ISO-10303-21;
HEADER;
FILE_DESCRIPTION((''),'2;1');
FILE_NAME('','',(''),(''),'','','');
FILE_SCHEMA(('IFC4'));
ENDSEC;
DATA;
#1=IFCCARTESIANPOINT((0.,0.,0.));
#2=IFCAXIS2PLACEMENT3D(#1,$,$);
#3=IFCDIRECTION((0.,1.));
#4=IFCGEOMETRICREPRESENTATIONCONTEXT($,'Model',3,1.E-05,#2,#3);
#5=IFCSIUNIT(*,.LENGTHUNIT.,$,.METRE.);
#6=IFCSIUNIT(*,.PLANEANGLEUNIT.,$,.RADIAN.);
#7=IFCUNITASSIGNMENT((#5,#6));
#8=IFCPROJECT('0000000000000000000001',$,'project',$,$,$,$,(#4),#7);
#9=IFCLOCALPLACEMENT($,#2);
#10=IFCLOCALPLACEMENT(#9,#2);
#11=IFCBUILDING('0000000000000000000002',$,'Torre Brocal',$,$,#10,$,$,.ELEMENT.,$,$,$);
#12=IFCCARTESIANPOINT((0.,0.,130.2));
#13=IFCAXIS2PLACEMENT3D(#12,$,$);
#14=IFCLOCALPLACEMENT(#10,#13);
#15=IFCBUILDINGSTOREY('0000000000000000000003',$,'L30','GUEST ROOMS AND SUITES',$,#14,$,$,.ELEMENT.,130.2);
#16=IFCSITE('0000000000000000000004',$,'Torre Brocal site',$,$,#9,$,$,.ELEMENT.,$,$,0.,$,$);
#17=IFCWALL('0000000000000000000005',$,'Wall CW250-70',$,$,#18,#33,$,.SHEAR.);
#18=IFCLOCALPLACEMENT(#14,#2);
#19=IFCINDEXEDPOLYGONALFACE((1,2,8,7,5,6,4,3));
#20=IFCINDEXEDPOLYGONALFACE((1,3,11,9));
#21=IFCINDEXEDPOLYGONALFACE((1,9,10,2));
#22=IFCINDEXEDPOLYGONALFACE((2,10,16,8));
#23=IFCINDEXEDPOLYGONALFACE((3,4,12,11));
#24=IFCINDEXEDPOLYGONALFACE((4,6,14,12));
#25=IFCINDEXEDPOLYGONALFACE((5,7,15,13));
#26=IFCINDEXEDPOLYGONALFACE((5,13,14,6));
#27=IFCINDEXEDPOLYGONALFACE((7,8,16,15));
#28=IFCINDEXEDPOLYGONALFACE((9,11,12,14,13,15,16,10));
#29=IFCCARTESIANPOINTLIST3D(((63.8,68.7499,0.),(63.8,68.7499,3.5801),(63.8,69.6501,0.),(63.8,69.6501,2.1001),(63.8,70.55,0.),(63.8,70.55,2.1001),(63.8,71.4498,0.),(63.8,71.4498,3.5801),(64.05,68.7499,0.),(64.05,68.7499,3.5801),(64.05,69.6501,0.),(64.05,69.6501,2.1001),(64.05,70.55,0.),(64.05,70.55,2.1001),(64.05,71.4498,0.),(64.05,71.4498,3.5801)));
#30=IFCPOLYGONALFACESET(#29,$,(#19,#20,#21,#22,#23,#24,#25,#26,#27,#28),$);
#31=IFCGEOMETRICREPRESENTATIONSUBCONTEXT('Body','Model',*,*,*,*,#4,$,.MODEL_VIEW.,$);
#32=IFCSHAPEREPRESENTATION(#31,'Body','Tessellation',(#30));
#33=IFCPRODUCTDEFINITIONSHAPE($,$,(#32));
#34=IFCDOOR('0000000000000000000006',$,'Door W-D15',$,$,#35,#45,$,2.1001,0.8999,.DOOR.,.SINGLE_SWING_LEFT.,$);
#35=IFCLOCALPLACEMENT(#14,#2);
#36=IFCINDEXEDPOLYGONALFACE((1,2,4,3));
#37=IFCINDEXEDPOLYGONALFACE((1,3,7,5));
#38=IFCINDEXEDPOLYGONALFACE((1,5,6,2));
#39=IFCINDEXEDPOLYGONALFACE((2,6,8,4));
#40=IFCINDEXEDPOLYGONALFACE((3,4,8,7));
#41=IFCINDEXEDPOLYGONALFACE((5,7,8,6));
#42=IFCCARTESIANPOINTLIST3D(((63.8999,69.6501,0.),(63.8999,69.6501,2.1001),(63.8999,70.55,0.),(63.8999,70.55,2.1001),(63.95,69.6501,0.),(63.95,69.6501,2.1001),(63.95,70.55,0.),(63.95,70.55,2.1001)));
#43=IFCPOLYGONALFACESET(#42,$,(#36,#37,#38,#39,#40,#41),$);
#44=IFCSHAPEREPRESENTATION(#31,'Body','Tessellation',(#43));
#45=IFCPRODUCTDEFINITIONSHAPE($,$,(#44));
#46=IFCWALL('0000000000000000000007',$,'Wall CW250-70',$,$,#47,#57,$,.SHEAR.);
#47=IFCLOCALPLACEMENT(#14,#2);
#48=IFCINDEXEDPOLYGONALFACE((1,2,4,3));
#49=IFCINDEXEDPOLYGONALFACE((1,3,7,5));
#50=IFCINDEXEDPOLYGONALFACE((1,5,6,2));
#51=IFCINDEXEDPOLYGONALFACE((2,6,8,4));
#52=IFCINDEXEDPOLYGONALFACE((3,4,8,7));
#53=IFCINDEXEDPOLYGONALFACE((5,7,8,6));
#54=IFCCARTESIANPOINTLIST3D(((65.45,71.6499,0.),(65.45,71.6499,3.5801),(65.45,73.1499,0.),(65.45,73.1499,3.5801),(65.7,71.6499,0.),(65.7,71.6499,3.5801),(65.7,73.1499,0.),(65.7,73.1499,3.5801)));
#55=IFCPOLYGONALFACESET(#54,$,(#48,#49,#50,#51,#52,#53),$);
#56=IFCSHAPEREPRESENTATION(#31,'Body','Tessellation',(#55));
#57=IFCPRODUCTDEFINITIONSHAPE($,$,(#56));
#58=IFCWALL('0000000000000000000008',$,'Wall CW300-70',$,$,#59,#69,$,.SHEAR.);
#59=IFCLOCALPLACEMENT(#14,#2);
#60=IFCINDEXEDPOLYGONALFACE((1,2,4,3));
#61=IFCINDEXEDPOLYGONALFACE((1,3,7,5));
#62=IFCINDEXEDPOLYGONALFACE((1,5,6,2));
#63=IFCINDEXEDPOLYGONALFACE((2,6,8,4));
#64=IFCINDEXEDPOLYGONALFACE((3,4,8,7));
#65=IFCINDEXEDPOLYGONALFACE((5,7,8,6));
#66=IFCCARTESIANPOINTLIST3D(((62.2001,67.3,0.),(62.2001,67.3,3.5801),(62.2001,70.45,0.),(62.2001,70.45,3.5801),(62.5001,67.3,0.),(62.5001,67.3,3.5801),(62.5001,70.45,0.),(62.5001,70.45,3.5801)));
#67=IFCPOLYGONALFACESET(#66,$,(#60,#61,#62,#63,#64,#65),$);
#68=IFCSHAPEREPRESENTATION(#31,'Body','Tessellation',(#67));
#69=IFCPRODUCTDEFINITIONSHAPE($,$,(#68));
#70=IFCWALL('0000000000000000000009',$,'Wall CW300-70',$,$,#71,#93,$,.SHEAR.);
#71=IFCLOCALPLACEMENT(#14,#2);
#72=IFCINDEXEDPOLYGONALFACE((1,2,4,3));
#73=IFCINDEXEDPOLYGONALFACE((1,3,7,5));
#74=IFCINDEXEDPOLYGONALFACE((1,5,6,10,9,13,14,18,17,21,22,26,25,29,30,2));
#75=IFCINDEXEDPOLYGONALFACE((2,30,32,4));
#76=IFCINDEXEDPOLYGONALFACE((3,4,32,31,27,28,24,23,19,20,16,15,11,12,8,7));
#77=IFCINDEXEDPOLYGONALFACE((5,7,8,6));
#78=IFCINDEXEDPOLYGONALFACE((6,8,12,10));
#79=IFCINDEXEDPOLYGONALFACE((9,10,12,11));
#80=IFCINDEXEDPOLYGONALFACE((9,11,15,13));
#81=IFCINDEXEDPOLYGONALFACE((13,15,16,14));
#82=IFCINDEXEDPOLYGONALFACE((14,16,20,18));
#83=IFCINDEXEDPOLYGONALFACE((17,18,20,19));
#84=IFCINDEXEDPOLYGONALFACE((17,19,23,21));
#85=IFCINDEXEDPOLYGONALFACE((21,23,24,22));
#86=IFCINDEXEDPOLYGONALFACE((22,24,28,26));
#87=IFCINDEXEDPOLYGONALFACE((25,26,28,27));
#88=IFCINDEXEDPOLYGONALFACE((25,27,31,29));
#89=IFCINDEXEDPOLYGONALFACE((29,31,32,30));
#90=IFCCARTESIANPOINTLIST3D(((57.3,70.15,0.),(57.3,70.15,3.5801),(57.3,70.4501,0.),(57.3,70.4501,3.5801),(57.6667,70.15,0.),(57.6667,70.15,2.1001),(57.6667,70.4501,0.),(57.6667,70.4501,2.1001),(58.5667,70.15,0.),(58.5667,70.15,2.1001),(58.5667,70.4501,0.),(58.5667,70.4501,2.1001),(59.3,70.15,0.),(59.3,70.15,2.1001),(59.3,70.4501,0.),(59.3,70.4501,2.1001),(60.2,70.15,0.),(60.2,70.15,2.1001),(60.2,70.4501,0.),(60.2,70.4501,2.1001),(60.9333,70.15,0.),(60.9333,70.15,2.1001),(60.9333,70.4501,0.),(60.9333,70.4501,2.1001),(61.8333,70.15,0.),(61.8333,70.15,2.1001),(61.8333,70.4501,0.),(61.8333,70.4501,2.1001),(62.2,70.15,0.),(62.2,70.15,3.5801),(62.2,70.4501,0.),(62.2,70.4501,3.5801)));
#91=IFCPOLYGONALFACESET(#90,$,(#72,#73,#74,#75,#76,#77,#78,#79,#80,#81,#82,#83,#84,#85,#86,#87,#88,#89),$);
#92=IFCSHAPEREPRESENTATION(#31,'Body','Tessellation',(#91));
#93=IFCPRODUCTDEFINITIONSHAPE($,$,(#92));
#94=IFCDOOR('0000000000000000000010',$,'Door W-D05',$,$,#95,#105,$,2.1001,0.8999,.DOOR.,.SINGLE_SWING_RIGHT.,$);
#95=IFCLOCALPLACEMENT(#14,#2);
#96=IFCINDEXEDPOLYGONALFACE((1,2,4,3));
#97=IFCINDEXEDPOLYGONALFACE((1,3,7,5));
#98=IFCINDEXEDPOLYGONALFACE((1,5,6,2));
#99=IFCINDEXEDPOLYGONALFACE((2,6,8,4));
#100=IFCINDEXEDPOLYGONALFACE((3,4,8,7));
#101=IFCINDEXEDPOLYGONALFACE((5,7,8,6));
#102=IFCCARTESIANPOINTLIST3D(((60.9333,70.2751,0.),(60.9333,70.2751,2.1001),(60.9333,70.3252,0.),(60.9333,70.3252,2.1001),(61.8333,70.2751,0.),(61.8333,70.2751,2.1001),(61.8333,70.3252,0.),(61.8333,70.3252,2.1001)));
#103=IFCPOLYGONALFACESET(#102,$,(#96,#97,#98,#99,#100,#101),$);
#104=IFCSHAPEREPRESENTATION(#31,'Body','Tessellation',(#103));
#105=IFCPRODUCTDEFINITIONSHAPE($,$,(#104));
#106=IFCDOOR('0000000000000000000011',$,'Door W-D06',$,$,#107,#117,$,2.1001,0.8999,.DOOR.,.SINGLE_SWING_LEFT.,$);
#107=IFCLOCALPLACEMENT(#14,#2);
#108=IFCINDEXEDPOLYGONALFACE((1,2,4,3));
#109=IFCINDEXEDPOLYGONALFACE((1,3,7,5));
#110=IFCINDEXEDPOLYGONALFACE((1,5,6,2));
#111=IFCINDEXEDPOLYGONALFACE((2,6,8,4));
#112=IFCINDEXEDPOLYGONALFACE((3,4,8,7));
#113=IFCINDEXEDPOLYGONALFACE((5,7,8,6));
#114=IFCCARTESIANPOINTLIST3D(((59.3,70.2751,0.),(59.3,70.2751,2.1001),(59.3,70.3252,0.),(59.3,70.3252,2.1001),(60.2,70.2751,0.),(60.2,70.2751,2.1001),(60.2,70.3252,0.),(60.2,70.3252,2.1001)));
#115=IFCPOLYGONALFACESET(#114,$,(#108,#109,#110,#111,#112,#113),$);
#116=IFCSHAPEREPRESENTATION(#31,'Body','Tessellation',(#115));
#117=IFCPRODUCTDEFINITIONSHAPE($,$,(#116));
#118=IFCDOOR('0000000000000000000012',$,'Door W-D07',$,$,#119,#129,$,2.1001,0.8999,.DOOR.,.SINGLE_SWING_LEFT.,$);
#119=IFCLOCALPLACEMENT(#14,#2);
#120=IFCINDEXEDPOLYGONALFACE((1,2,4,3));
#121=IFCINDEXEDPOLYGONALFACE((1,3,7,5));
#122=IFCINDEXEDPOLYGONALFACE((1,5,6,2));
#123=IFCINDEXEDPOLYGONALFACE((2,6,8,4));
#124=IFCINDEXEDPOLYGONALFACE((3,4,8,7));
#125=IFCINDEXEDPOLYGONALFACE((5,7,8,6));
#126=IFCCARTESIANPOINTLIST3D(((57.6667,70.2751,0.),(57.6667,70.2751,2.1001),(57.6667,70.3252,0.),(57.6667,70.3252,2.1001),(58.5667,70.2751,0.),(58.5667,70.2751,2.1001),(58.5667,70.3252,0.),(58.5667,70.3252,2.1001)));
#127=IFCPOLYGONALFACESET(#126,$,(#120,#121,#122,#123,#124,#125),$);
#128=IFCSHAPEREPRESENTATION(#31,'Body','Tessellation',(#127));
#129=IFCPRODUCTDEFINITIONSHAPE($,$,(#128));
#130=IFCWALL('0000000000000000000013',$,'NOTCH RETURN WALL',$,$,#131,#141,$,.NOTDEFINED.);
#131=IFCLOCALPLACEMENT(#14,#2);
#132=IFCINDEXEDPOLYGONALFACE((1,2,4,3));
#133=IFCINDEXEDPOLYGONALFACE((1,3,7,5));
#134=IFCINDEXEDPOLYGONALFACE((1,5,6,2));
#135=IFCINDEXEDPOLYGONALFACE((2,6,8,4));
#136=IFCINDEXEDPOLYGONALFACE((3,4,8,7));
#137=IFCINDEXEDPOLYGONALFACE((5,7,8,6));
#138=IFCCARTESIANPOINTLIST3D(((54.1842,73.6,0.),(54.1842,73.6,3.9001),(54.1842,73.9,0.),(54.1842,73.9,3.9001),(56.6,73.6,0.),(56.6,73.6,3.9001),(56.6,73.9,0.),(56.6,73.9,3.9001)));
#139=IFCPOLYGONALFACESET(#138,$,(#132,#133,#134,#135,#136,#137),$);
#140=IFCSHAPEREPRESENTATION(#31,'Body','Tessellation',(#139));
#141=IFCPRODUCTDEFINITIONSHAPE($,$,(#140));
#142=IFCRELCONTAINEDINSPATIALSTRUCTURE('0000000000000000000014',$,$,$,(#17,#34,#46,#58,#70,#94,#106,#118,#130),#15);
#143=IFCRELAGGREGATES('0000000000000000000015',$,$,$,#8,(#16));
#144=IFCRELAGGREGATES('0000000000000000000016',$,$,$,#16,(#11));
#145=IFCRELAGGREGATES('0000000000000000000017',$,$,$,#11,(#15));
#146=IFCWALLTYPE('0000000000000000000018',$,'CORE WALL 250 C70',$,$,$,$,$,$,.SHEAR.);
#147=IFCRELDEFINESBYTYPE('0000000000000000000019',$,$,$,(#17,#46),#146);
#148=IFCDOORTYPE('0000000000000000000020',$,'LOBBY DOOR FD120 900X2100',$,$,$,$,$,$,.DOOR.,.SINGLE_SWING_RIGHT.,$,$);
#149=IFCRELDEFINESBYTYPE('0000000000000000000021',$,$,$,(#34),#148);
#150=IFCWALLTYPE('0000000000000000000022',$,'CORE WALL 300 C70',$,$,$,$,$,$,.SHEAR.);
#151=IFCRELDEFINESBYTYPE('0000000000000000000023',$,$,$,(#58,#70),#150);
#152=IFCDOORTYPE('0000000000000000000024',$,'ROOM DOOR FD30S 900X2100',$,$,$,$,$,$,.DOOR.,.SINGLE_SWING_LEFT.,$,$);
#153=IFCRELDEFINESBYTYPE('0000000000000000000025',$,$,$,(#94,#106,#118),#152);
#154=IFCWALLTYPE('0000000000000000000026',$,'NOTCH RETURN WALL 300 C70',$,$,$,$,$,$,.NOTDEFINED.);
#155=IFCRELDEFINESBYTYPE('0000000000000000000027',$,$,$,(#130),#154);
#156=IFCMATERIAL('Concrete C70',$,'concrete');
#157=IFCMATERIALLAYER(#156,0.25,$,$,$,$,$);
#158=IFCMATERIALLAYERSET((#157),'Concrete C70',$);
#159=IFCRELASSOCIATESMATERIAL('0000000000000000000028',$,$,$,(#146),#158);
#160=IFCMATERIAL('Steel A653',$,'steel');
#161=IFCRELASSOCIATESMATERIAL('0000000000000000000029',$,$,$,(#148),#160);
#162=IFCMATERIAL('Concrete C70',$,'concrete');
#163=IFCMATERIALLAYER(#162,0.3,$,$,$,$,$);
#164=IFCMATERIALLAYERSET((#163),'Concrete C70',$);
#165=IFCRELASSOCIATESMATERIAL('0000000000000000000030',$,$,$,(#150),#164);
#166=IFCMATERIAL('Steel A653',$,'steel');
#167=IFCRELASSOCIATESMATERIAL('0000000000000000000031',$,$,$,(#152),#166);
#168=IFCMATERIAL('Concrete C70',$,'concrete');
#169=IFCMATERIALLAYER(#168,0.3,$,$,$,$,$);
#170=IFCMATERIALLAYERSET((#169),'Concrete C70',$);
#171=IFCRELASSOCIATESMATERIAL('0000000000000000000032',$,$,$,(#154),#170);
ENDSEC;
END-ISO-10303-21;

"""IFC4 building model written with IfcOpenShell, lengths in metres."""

from ifc_helpers import new_model, si_unit, direction, frame, frame_2d, origin, place, context, subcontext, project, spatial, rectangle, extrude, material, layer, layer_set, type_object, element, fill, save


model = new_model("IFC4")

# Units and contexts
model_context = context("Model", 3, precision=1e-05, world=origin(), true_north=direction((0.0, 1.0)))
body_context = subcontext(model_context, "Body", "Model", "MODEL_VIEW")
ifc_project = project(units=[si_unit("LENGTHUNIT", "METRE"), si_unit("PLANEANGLEUNIT", "RADIAN")], contexts=[model_context])

# Site, building, storey
site_placement = place(None, origin())
site = spatial("IfcSite", under=ifc_project, at=site_placement, Name="Torre Brocal site", CompositionType="ELEMENT", RefElevation=0.0)
building_placement = place(site_placement, origin())
building = spatial("IfcBuilding", under=site, at=building_placement, Name="Torre Brocal", CompositionType="ELEMENT")
storey_placement = place(building_placement, frame((0.0, 0.0, 130.2)))
storey = spatial("IfcBuildingStorey", under=building, at=storey_placement, Name="L30", Description="GUEST ROOMS AND SUITES", CompositionType="ELEMENT", Elevation=130.2)

# Wall, opening, door
ifc_material_1 = material(Name="Concrete C70", Category="concrete")
ifc_layer_1 = layer(ifc_material_1, 0.25)
ifc_layer_set_1 = layer_set([ifc_layer_1], Name="Concrete C70")
wall_type_1 = type_object("IfcWallType", Name="CORE WALL 250 C70", PredefinedType="SHEAR", material=ifc_layer_set_1)
wall_1_placement = place(storey_placement, frame((63.925, 71.45, 0.0), z_axis=(0.0, 0.0, 1.0), x_axis=(0.0, -1.0, 0.0)))
wall_1 = element("IfcWall", 1, at=wall_1_placement, inside=storey, type_object=wall_type_1, Name="Wall CW250-70", PredefinedType="SHEAR", context=body_context, shape_type="SweptSolid", body=[
    extrude(rectangle(XDim=2.7, YDim=0.25, at=frame_2d((1.3501, 0.0))), origin(), (0.0, 0.0, 1.0), 3.5801),
])
opening_1_placement = place(wall_1_placement, frame((0.8999, 0.0, 0.0)))
opening_1 = element("IfcOpeningElement", 2, at=opening_1_placement, cuts=wall_1, PredefinedType="OPENING", context=body_context, shape_type="SweptSolid", body=[
    extrude(rectangle(XDim=0.8999, YDim=2.1001, at=frame_2d((0.45, 1.05))), frame((0.0, 0.135, 0.0), z_axis=(0.0, -1.0, 0.0), x_axis=(1.0, 0.0, 0.0)), (0.0, 0.0, 1.0), 0.27),
])
ifc_material_2 = material(Name="Steel A653", Category="steel")
door_type_1 = type_object("IfcDoorType", Name="LOBBY DOOR FD120 900X2100", OperationType="SINGLE_SWING_RIGHT", PredefinedType="DOOR", material=ifc_material_2)
door_1_placement = place(opening_1_placement, origin())
door_1 = element("IfcDoor", 3, at=door_1_placement, inside=storey, type_object=door_type_1, Name="Door W-D15", OperationType="SINGLE_SWING_LEFT", OverallHeight=2.1001, OverallWidth=0.8999, PredefinedType="DOOR", context=body_context, shape_type="SweptSolid", body=[
    extrude(rectangle(XDim=0.8999, YDim=2.1001, at=frame_2d((0.45, 1.05))), frame((0.0, 0.0249, 0.0), z_axis=(0.0, -1.0, 0.0), x_axis=(1.0, 0.0, 0.0)), (0.0, 0.0, 1.0), 0.05),
])
fill(opening_1, door_1)

# Walls
wall_2_placement = place(storey_placement, frame((65.575, 73.1499, 0.0), z_axis=(0.0, 0.0, 1.0), x_axis=(0.0, -1.0, 0.0)))
element("IfcWall", 4, at=wall_2_placement, inside=storey, type_object=wall_type_1, Name="Wall CW250-70", PredefinedType="SHEAR", context=body_context, shape_type="SweptSolid", body=[
    extrude(rectangle(XDim=1.5, YDim=0.25, at=frame_2d((0.75, 0.0))), origin(), (0.0, 0.0, 1.0), 3.5801),
])
ifc_material_3 = material(Name="Concrete C70", Category="concrete")
ifc_layer_2 = layer(ifc_material_3, 0.3)
ifc_layer_set_2 = layer_set([ifc_layer_2], Name="Concrete C70")
wall_type_2 = type_object("IfcWallType", Name="CORE WALL 300 C70", PredefinedType="SHEAR", material=ifc_layer_set_2)
wall_3_placement = place(storey_placement, frame((62.3501, 70.45, 0.0), z_axis=(0.0, 0.0, 1.0), x_axis=(0.0, -1.0, 0.0)))
element("IfcWall", 5, at=wall_3_placement, inside=storey, type_object=wall_type_2, Name="Wall CW300-70", PredefinedType="SHEAR", context=body_context, shape_type="SweptSolid", body=[
    extrude(rectangle(XDim=3.1499, YDim=0.3, at=frame_2d((1.575, 0.0))), origin(), (0.0, 0.0, 1.0), 3.5801),
])

# Wall, openings, doors
wall_4_placement = place(storey_placement, frame((62.2, 70.3, 0.0), z_axis=(0.0, 0.0, 1.0), x_axis=(-1.0, 0.0, 0.0)))
wall_4 = element("IfcWall", 6, at=wall_4_placement, inside=storey, type_object=wall_type_2, Name="Wall CW300-70", PredefinedType="SHEAR", context=body_context, shape_type="SweptSolid", body=[
    extrude(rectangle(XDim=4.8999, YDim=0.3, at=frame_2d((2.45, 0.0))), origin(), (0.0, 0.0, 1.0), 3.5801),
])
opening_2_placement = place(wall_4_placement, frame((0.3667, 0.0, 0.0)))
opening_2 = element("IfcOpeningElement", 7, at=opening_2_placement, cuts=wall_4, PredefinedType="OPENING", context=body_context, shape_type="SweptSolid", body=[
    extrude(rectangle(XDim=0.8999, YDim=2.1001, at=frame_2d((0.45, 1.05))), frame((0.0, 0.1599, 0.0), z_axis=(0.0, -1.0, 0.0), x_axis=(1.0, 0.0, 0.0)), (0.0, 0.0, 1.0), 0.3201),
])
opening_3_placement = place(wall_4_placement, frame((2.0, 0.0, 0.0)))
opening_3 = element("IfcOpeningElement", 8, at=opening_3_placement, cuts=wall_4, PredefinedType="OPENING", context=body_context, shape_type="SweptSolid", body=[
    extrude(rectangle(XDim=0.8999, YDim=2.1001, at=frame_2d((0.45, 1.05))), frame((0.0, 0.1599, 0.0), z_axis=(0.0, -1.0, 0.0), x_axis=(1.0, 0.0, 0.0)), (0.0, 0.0, 1.0), 0.3201),
])
opening_4_placement = place(wall_4_placement, frame((3.6333, 0.0, 0.0)))
opening_4 = element("IfcOpeningElement", 9, at=opening_4_placement, cuts=wall_4, PredefinedType="OPENING", context=body_context, shape_type="SweptSolid", body=[
    extrude(rectangle(XDim=0.8999, YDim=2.1001, at=frame_2d((0.45, 1.05))), frame((0.0, 0.1599, 0.0), z_axis=(0.0, -1.0, 0.0), x_axis=(1.0, 0.0, 0.0)), (0.0, 0.0, 1.0), 0.3201),
])
ifc_material_4 = material(Name="Steel A653", Category="steel")
door_type_2 = type_object("IfcDoorType", Name="ROOM DOOR FD30S 900X2100", OperationType="SINGLE_SWING_LEFT", PredefinedType="DOOR", material=ifc_material_4)
door_2_placement = place(opening_2_placement, origin())
door_2 = element("IfcDoor", 10, at=door_2_placement, inside=storey, type_object=door_type_2, Name="Door W-D05", OperationType="SINGLE_SWING_RIGHT", OverallHeight=2.1001, OverallWidth=0.8999, PredefinedType="DOOR", context=body_context, shape_type="SweptSolid", body=[
    extrude(rectangle(XDim=0.8999, YDim=2.1001, at=frame_2d((0.45, 1.05))), frame((0.0, 0.0249, 0.0), z_axis=(0.0, -1.0, 0.0), x_axis=(1.0, 0.0, 0.0)), (0.0, 0.0, 1.0), 0.05),
])
fill(opening_2, door_2)
door_3_placement = place(opening_3_placement, origin())
door_3 = element("IfcDoor", 11, at=door_3_placement, inside=storey, type_object=door_type_2, Name="Door W-D06", OperationType="SINGLE_SWING_LEFT", OverallHeight=2.1001, OverallWidth=0.8999, PredefinedType="DOOR", context=body_context, shape_type="SweptSolid", body=[
    extrude(rectangle(XDim=0.8999, YDim=2.1001, at=frame_2d((0.45, 1.05))), frame((0.0, 0.0249, 0.0), z_axis=(0.0, -1.0, 0.0), x_axis=(1.0, 0.0, 0.0)), (0.0, 0.0, 1.0), 0.05),
])
fill(opening_3, door_3)
door_4_placement = place(opening_4_placement, origin())
door_4 = element("IfcDoor", 12, at=door_4_placement, inside=storey, type_object=door_type_2, Name="Door W-D07", OperationType="SINGLE_SWING_LEFT", OverallHeight=2.1001, OverallWidth=0.8999, PredefinedType="DOOR", context=body_context, shape_type="SweptSolid", body=[
    extrude(rectangle(XDim=0.8999, YDim=2.1001, at=frame_2d((0.45, 1.05))), frame((0.0, 0.0249, 0.0), z_axis=(0.0, -1.0, 0.0), x_axis=(1.0, 0.0, 0.0)), (0.0, 0.0, 1.0), 0.05),
])
fill(opening_4, door_4)

# Wall
ifc_material_5 = material(Name="Concrete C70", Category="concrete")
ifc_layer_3 = layer(ifc_material_5, 0.3)
ifc_layer_set_3 = layer_set([ifc_layer_3], Name="Concrete C70")
wall_type_3 = type_object("IfcWallType", Name="NOTCH RETURN WALL 300 C70", PredefinedType="NOTDEFINED", material=ifc_layer_set_3)
wall_5_placement = place(storey_placement, frame((56.6001, 73.75, 0.0), z_axis=(0.0, 0.0, 1.0), x_axis=(-1.0, 0.0, 0.0)))
element("IfcWall", 13, at=wall_5_placement, inside=storey, type_object=wall_type_3, Name="NOTCH RETURN WALL", PredefinedType="NOTDEFINED", context=body_context, shape_type="SweptSolid", body=[
    extrude(rectangle(XDim=2.4158, YDim=0.3, at=frame_2d((1.208, 0.0))), origin(), (0.0, 0.0, 1.0), 3.9001),
])

save(model, "model.ifc")
